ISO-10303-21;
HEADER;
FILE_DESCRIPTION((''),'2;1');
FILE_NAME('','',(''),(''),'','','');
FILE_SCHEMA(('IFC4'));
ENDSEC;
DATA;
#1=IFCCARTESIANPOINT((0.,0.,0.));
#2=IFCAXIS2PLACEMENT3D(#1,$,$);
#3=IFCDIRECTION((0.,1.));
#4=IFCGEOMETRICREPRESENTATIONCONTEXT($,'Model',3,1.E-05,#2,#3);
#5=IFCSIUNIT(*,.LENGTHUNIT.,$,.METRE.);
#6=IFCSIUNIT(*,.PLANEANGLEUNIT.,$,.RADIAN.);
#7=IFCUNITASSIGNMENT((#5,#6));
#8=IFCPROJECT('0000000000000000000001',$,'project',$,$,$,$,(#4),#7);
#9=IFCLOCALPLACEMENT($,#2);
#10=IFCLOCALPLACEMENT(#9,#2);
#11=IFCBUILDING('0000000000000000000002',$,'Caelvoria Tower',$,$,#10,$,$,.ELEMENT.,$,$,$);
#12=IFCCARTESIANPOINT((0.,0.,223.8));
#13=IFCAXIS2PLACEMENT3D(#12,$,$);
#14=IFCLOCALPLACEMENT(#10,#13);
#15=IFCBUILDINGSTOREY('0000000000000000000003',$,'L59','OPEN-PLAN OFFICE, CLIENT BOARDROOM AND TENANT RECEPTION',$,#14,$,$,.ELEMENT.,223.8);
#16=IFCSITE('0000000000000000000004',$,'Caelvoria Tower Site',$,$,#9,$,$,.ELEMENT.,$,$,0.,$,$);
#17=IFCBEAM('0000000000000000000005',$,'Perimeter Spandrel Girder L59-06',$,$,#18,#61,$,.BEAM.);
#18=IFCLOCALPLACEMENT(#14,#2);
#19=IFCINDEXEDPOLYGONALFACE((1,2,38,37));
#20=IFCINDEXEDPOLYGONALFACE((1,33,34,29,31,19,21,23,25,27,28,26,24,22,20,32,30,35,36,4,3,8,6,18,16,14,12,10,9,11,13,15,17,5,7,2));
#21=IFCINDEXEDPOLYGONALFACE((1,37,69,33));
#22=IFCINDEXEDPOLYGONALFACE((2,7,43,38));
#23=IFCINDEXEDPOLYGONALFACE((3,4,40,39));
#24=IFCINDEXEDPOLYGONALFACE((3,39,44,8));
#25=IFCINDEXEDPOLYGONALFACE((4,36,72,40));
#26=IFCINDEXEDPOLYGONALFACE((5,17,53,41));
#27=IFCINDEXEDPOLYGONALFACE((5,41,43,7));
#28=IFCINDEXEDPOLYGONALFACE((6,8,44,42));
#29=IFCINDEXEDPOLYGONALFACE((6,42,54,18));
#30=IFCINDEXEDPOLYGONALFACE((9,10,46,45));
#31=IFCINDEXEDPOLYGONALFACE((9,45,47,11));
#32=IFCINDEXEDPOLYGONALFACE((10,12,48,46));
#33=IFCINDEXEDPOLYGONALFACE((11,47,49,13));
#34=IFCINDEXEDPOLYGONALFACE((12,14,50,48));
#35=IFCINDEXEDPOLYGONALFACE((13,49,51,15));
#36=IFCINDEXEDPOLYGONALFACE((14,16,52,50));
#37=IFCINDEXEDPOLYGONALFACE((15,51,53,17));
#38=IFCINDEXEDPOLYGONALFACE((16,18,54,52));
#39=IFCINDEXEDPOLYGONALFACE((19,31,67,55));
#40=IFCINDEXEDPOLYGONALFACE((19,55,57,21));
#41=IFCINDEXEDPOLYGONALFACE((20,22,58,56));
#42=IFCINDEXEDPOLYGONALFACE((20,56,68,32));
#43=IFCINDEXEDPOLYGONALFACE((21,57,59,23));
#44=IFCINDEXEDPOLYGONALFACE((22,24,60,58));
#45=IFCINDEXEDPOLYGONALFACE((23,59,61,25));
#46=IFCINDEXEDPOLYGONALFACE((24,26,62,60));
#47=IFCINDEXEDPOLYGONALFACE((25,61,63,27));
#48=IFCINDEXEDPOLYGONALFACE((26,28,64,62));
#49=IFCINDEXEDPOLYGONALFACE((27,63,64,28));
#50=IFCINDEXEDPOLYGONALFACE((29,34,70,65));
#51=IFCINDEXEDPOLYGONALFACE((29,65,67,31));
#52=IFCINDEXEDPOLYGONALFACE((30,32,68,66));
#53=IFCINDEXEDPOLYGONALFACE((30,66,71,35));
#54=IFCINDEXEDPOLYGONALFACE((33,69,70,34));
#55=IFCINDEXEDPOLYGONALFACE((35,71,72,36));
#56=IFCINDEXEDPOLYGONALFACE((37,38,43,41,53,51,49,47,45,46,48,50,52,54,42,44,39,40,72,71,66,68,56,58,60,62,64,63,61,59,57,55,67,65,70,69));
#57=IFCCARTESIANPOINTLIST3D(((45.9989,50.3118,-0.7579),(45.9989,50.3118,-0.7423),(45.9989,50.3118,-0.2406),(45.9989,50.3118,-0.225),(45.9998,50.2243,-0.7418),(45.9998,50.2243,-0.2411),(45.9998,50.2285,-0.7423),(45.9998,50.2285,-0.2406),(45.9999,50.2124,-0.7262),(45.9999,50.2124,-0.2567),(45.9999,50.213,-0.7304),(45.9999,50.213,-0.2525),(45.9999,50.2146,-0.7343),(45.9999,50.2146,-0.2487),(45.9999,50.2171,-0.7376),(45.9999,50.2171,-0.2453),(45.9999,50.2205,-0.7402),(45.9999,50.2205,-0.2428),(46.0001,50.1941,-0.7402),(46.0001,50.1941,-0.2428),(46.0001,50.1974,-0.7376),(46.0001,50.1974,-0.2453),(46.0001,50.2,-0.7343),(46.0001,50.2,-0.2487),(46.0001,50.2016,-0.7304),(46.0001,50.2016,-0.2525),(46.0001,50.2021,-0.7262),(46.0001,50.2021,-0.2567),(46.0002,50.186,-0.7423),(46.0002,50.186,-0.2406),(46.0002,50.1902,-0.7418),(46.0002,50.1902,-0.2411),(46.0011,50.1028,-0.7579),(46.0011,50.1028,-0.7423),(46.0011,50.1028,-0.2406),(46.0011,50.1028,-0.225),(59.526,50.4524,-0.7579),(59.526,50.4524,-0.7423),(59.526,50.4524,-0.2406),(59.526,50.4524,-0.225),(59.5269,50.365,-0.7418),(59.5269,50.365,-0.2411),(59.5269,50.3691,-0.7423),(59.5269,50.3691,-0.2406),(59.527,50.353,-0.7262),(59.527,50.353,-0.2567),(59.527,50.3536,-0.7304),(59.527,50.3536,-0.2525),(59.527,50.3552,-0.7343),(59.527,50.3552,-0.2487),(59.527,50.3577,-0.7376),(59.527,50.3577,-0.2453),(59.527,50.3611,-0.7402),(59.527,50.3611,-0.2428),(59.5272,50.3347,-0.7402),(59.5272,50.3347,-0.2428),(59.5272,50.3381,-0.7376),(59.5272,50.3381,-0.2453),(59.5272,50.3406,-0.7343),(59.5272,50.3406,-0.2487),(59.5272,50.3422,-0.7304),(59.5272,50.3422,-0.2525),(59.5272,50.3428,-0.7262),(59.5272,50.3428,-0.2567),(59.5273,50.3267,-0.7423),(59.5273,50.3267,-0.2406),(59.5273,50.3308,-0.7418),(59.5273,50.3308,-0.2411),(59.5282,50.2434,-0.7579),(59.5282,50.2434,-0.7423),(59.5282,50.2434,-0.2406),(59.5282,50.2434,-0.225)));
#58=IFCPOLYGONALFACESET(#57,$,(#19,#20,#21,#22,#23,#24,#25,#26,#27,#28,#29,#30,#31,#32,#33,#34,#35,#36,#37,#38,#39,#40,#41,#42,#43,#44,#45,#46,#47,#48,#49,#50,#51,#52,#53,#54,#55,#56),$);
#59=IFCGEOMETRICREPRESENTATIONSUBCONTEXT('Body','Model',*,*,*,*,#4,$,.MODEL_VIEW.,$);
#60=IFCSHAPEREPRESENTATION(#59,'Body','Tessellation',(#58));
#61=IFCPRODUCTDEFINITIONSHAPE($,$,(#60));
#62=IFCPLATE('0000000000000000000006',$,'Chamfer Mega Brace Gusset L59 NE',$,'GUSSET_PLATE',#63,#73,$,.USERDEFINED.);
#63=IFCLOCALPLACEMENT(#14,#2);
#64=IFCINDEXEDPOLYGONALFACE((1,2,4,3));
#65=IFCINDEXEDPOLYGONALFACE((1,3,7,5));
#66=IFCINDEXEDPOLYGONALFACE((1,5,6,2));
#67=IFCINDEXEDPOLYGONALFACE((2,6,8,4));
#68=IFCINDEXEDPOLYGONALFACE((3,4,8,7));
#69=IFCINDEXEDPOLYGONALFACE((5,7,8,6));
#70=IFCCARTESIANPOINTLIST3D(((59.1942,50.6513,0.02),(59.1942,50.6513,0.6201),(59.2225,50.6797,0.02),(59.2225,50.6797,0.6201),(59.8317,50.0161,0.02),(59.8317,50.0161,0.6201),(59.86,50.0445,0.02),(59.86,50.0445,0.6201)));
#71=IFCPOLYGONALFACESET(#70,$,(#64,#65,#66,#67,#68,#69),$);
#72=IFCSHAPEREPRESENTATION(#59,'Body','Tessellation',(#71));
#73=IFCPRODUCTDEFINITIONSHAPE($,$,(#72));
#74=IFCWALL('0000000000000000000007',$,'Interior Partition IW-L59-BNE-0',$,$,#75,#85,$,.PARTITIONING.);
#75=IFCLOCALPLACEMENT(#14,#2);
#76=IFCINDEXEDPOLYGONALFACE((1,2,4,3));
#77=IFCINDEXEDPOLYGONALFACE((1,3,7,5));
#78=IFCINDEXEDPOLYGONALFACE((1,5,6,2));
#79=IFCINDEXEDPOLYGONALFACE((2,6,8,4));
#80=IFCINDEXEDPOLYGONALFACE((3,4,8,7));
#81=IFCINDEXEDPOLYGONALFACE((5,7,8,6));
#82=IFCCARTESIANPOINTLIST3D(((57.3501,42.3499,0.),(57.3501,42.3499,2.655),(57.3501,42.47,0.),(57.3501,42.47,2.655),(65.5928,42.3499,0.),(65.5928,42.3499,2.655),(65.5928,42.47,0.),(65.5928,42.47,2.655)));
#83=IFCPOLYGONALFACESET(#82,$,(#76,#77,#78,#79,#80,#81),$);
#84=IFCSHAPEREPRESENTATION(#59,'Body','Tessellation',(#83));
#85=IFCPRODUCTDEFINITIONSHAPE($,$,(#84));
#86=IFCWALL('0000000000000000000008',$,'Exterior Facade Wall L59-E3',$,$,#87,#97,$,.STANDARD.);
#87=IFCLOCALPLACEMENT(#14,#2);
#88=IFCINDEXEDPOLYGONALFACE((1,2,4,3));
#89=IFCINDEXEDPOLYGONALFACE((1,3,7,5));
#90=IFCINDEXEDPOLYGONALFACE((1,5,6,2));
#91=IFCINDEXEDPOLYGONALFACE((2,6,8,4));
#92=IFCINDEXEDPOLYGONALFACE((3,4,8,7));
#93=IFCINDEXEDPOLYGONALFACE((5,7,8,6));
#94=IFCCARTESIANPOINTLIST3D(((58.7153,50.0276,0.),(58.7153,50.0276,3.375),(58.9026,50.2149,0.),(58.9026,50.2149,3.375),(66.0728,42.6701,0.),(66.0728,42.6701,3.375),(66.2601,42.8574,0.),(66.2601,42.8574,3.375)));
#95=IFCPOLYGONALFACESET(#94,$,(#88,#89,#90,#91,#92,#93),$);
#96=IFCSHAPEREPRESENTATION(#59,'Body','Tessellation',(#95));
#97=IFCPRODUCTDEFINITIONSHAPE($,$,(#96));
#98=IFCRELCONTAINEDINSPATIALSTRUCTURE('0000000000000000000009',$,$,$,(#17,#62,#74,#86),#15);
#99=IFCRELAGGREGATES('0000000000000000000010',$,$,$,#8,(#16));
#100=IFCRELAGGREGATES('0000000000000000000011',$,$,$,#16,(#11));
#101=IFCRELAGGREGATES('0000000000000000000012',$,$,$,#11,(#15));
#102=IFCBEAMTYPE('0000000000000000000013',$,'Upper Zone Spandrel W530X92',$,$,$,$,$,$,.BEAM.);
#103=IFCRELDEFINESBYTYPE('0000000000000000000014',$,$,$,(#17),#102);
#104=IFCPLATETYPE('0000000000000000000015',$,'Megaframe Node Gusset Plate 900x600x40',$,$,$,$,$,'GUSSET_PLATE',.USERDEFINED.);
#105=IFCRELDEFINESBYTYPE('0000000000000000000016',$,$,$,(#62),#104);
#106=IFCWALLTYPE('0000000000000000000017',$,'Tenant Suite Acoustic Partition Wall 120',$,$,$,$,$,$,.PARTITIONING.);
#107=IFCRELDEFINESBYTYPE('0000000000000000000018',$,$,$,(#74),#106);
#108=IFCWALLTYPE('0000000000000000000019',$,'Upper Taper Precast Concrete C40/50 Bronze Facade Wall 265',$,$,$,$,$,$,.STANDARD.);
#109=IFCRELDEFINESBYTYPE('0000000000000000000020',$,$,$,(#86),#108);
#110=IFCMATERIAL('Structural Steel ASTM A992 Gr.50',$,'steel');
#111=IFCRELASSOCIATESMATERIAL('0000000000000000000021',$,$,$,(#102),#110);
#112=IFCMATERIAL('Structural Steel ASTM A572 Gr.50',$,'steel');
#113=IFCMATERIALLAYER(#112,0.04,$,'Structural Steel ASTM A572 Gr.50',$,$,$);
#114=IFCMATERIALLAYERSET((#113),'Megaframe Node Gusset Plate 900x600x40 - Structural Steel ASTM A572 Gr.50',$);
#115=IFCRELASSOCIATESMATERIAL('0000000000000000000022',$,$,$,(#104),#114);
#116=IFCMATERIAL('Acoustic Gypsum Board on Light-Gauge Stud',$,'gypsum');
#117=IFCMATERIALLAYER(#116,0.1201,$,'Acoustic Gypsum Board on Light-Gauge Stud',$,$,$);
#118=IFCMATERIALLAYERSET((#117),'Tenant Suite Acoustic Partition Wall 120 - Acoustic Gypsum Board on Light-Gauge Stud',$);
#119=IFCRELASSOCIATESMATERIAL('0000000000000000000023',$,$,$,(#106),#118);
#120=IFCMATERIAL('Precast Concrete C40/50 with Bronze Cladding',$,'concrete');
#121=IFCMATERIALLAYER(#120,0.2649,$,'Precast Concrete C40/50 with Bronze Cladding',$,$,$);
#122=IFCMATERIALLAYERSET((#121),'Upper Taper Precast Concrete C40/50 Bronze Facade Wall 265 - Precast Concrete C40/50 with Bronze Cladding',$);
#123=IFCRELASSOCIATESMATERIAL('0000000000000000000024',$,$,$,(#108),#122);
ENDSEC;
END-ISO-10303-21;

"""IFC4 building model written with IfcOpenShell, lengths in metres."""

from ifc_helpers import new_model, si_unit, direction, frame, frame_2d, origin, origin_2d, place, context, subcontext, project, spatial, rectangle, i_section, extrude, material, layer, layer_set, material_profile, profile_set, type_object, element, save


model = new_model("IFC4")

# Units and contexts
model_context = context("Model", 3, precision=1e-05, world=origin(), true_north=direction((0.0, 1.0)))
body_context = subcontext(model_context, "Body", "Model", "MODEL_VIEW")
ifc_project = project(units=[si_unit("LENGTHUNIT", "METRE"), si_unit("PLANEANGLEUNIT", "RADIAN")], contexts=[model_context])

# Site, building, storey
site_placement = place(None, origin())
site = spatial("IfcSite", under=ifc_project, at=site_placement, Name="Caelvoria Tower Site", CompositionType="ELEMENT", RefElevation=0.0)
building_placement = place(site_placement, origin())
building = spatial("IfcBuilding", under=site, at=building_placement, Name="Caelvoria Tower", CompositionType="ELEMENT")
storey_placement = place(building_placement, frame((0.0, 0.0, 223.8)))
storey = spatial("IfcBuildingStorey", under=building, at=storey_placement, Name="L59", Description="OPEN-PLAN OFFICE, CLIENT BOARDROOM AND TENANT RECEPTION", CompositionType="ELEMENT", Elevation=223.8)

# Shared definitions
ifc_material_1 = material(Name="Structural Steel ASTM A572 Gr.50", Category="steel")

# Shared definitions
ifc_material_2 = material(Name="Structural Steel ASTM A992 Gr.50", Category="steel")

# Beam
ifc_material_profile_1 = material_profile(ifc_material_2, i_section(OverallWidth=0.209, OverallDepth=0.533, WebThickness=0.0103, FlangeThickness=0.0156, FilletRadius=0.0161, at=origin_2d()), Name="Structural Steel ASTM A992 Gr.50")
ifc_profile_set_1 = profile_set([ifc_material_profile_1], Name="W530X92 - Structural Steel ASTM A992 Gr.50")
beam_type_1 = type_object("IfcBeamType", Name="Upper Zone Spandrel W530X92", PredefinedType="BEAM", material=ifc_profile_set_1)
beam_1_placement = place(storey_placement, frame((59.5271, 50.3479, -0.4915), z_axis=(-0.999946, -0.010395, 0.0), x_axis=(0.010395, -0.999946, 0.0)))
element("IfcBeam", 1, at=beam_1_placement, inside=storey, type_object=beam_type_1, Name="Perimeter Spandrel Girder L59-06", PredefinedType="BEAM", context=body_context, shape_type="SweptSolid", body=[
    extrude(i_section(OverallWidth=0.209, OverallDepth=0.533, WebThickness=0.0103, FlangeThickness=0.0156, FilletRadius=0.0161, at=origin_2d()), origin(), (0.0, 0.0, 1.0), 13.5278),
])

# Plate
ifc_layer_1 = layer(ifc_material_1, 0.04, Name="Structural Steel ASTM A572 Gr.50")
ifc_layer_set_1 = layer_set([ifc_layer_1], Name="Megaframe Node Gusset Plate 900x600x40 - Structural Steel ASTM A572 Gr.50")
plate_type = type_object("IfcPlateType", Name="Megaframe Node Gusset Plate 900x600x40", ElementType="GUSSET_PLATE", PredefinedType="USERDEFINED", material=ifc_layer_set_1)
plate_placement = place(storey_placement, frame((59.5271, 50.3479, 0.02), z_axis=(0.0, 0.0, 1.0), x_axis=(0.708415, -0.705796, 0.0)))
element("IfcPlate", 2, at=plate_placement, inside=storey, type_object=plate_type, Name="Chamfer Mega Brace Gusset L59 NE", ObjectType="GUSSET_PLATE", PredefinedType="USERDEFINED", context=body_context, shape_type="SweptSolid", body=[
    extrude(rectangle(XDim=0.8999, YDim=0.04, at=origin_2d()), origin(), (0.0, 0.0, 1.0), 0.6001),
])

# Walls
ifc_material_3 = material(Name="Acoustic Gypsum Board on Light-Gauge Stud", Category="gypsum")
ifc_layer_2 = layer(ifc_material_3, 0.1201, Name="Acoustic Gypsum Board on Light-Gauge Stud")
ifc_layer_set_2 = layer_set([ifc_layer_2], Name="Tenant Suite Acoustic Partition Wall 120 - Acoustic Gypsum Board on Light-Gauge Stud")
wall_type_1 = type_object("IfcWallType", Name="Tenant Suite Acoustic Partition Wall 120", PredefinedType="PARTITIONING", material=ifc_layer_set_2)
wall_1_placement = place(storey_placement, frame((57.3501, 42.4099, 0.0), z_axis=(0.0, 0.0, 1.0), x_axis=(1.0, 0.0, 0.0)))
element("IfcWall", 3, at=wall_1_placement, inside=storey, type_object=wall_type_1, Name="Interior Partition IW-L59-BNE-0", PredefinedType="PARTITIONING", context=body_context, shape_type="SweptSolid", body=[
    extrude(rectangle(XDim=8.2427, YDim=0.1201, at=frame_2d((4.1213, 0.0))), origin(), (0.0, 0.0, 1.0), 2.655),
])
ifc_material_4 = material(Name="Precast Concrete C40/50 with Bronze Cladding", Category="concrete")
ifc_layer_3 = layer(ifc_material_4, 0.2649, Name="Precast Concrete C40/50 with Bronze Cladding")
ifc_layer_set_3 = layer_set([ifc_layer_3], Name="Upper Taper Precast Concrete C40/50 Bronze Facade Wall 265 - Precast Concrete C40/50 with Bronze Cladding")
wall_type_2 = type_object("IfcWallType", Name="Upper Taper Precast Concrete C40/50 Bronze Facade Wall 265", PredefinedType="STANDARD", material=ifc_layer_set_3)
wall_2_placement = place(storey_placement, frame((66.1665, 42.7637, 0.0), z_axis=(0.0, 0.0, 1.0), x_axis=(-0.707107, 0.707107, 0.0)))
element("IfcWall", 4, at=wall_2_placement, inside=storey, type_object=wall_type_2, Name="Exterior Facade Wall L59-E3", PredefinedType="STANDARD", context=body_context, shape_type="SweptSolid", body=[
    extrude(rectangle(XDim=10.405, YDim=0.2649, at=frame_2d((5.2026, 0.0))), origin(), (0.0, 0.0, 1.0), 3.375),
])

save(model, "model.ifc")
